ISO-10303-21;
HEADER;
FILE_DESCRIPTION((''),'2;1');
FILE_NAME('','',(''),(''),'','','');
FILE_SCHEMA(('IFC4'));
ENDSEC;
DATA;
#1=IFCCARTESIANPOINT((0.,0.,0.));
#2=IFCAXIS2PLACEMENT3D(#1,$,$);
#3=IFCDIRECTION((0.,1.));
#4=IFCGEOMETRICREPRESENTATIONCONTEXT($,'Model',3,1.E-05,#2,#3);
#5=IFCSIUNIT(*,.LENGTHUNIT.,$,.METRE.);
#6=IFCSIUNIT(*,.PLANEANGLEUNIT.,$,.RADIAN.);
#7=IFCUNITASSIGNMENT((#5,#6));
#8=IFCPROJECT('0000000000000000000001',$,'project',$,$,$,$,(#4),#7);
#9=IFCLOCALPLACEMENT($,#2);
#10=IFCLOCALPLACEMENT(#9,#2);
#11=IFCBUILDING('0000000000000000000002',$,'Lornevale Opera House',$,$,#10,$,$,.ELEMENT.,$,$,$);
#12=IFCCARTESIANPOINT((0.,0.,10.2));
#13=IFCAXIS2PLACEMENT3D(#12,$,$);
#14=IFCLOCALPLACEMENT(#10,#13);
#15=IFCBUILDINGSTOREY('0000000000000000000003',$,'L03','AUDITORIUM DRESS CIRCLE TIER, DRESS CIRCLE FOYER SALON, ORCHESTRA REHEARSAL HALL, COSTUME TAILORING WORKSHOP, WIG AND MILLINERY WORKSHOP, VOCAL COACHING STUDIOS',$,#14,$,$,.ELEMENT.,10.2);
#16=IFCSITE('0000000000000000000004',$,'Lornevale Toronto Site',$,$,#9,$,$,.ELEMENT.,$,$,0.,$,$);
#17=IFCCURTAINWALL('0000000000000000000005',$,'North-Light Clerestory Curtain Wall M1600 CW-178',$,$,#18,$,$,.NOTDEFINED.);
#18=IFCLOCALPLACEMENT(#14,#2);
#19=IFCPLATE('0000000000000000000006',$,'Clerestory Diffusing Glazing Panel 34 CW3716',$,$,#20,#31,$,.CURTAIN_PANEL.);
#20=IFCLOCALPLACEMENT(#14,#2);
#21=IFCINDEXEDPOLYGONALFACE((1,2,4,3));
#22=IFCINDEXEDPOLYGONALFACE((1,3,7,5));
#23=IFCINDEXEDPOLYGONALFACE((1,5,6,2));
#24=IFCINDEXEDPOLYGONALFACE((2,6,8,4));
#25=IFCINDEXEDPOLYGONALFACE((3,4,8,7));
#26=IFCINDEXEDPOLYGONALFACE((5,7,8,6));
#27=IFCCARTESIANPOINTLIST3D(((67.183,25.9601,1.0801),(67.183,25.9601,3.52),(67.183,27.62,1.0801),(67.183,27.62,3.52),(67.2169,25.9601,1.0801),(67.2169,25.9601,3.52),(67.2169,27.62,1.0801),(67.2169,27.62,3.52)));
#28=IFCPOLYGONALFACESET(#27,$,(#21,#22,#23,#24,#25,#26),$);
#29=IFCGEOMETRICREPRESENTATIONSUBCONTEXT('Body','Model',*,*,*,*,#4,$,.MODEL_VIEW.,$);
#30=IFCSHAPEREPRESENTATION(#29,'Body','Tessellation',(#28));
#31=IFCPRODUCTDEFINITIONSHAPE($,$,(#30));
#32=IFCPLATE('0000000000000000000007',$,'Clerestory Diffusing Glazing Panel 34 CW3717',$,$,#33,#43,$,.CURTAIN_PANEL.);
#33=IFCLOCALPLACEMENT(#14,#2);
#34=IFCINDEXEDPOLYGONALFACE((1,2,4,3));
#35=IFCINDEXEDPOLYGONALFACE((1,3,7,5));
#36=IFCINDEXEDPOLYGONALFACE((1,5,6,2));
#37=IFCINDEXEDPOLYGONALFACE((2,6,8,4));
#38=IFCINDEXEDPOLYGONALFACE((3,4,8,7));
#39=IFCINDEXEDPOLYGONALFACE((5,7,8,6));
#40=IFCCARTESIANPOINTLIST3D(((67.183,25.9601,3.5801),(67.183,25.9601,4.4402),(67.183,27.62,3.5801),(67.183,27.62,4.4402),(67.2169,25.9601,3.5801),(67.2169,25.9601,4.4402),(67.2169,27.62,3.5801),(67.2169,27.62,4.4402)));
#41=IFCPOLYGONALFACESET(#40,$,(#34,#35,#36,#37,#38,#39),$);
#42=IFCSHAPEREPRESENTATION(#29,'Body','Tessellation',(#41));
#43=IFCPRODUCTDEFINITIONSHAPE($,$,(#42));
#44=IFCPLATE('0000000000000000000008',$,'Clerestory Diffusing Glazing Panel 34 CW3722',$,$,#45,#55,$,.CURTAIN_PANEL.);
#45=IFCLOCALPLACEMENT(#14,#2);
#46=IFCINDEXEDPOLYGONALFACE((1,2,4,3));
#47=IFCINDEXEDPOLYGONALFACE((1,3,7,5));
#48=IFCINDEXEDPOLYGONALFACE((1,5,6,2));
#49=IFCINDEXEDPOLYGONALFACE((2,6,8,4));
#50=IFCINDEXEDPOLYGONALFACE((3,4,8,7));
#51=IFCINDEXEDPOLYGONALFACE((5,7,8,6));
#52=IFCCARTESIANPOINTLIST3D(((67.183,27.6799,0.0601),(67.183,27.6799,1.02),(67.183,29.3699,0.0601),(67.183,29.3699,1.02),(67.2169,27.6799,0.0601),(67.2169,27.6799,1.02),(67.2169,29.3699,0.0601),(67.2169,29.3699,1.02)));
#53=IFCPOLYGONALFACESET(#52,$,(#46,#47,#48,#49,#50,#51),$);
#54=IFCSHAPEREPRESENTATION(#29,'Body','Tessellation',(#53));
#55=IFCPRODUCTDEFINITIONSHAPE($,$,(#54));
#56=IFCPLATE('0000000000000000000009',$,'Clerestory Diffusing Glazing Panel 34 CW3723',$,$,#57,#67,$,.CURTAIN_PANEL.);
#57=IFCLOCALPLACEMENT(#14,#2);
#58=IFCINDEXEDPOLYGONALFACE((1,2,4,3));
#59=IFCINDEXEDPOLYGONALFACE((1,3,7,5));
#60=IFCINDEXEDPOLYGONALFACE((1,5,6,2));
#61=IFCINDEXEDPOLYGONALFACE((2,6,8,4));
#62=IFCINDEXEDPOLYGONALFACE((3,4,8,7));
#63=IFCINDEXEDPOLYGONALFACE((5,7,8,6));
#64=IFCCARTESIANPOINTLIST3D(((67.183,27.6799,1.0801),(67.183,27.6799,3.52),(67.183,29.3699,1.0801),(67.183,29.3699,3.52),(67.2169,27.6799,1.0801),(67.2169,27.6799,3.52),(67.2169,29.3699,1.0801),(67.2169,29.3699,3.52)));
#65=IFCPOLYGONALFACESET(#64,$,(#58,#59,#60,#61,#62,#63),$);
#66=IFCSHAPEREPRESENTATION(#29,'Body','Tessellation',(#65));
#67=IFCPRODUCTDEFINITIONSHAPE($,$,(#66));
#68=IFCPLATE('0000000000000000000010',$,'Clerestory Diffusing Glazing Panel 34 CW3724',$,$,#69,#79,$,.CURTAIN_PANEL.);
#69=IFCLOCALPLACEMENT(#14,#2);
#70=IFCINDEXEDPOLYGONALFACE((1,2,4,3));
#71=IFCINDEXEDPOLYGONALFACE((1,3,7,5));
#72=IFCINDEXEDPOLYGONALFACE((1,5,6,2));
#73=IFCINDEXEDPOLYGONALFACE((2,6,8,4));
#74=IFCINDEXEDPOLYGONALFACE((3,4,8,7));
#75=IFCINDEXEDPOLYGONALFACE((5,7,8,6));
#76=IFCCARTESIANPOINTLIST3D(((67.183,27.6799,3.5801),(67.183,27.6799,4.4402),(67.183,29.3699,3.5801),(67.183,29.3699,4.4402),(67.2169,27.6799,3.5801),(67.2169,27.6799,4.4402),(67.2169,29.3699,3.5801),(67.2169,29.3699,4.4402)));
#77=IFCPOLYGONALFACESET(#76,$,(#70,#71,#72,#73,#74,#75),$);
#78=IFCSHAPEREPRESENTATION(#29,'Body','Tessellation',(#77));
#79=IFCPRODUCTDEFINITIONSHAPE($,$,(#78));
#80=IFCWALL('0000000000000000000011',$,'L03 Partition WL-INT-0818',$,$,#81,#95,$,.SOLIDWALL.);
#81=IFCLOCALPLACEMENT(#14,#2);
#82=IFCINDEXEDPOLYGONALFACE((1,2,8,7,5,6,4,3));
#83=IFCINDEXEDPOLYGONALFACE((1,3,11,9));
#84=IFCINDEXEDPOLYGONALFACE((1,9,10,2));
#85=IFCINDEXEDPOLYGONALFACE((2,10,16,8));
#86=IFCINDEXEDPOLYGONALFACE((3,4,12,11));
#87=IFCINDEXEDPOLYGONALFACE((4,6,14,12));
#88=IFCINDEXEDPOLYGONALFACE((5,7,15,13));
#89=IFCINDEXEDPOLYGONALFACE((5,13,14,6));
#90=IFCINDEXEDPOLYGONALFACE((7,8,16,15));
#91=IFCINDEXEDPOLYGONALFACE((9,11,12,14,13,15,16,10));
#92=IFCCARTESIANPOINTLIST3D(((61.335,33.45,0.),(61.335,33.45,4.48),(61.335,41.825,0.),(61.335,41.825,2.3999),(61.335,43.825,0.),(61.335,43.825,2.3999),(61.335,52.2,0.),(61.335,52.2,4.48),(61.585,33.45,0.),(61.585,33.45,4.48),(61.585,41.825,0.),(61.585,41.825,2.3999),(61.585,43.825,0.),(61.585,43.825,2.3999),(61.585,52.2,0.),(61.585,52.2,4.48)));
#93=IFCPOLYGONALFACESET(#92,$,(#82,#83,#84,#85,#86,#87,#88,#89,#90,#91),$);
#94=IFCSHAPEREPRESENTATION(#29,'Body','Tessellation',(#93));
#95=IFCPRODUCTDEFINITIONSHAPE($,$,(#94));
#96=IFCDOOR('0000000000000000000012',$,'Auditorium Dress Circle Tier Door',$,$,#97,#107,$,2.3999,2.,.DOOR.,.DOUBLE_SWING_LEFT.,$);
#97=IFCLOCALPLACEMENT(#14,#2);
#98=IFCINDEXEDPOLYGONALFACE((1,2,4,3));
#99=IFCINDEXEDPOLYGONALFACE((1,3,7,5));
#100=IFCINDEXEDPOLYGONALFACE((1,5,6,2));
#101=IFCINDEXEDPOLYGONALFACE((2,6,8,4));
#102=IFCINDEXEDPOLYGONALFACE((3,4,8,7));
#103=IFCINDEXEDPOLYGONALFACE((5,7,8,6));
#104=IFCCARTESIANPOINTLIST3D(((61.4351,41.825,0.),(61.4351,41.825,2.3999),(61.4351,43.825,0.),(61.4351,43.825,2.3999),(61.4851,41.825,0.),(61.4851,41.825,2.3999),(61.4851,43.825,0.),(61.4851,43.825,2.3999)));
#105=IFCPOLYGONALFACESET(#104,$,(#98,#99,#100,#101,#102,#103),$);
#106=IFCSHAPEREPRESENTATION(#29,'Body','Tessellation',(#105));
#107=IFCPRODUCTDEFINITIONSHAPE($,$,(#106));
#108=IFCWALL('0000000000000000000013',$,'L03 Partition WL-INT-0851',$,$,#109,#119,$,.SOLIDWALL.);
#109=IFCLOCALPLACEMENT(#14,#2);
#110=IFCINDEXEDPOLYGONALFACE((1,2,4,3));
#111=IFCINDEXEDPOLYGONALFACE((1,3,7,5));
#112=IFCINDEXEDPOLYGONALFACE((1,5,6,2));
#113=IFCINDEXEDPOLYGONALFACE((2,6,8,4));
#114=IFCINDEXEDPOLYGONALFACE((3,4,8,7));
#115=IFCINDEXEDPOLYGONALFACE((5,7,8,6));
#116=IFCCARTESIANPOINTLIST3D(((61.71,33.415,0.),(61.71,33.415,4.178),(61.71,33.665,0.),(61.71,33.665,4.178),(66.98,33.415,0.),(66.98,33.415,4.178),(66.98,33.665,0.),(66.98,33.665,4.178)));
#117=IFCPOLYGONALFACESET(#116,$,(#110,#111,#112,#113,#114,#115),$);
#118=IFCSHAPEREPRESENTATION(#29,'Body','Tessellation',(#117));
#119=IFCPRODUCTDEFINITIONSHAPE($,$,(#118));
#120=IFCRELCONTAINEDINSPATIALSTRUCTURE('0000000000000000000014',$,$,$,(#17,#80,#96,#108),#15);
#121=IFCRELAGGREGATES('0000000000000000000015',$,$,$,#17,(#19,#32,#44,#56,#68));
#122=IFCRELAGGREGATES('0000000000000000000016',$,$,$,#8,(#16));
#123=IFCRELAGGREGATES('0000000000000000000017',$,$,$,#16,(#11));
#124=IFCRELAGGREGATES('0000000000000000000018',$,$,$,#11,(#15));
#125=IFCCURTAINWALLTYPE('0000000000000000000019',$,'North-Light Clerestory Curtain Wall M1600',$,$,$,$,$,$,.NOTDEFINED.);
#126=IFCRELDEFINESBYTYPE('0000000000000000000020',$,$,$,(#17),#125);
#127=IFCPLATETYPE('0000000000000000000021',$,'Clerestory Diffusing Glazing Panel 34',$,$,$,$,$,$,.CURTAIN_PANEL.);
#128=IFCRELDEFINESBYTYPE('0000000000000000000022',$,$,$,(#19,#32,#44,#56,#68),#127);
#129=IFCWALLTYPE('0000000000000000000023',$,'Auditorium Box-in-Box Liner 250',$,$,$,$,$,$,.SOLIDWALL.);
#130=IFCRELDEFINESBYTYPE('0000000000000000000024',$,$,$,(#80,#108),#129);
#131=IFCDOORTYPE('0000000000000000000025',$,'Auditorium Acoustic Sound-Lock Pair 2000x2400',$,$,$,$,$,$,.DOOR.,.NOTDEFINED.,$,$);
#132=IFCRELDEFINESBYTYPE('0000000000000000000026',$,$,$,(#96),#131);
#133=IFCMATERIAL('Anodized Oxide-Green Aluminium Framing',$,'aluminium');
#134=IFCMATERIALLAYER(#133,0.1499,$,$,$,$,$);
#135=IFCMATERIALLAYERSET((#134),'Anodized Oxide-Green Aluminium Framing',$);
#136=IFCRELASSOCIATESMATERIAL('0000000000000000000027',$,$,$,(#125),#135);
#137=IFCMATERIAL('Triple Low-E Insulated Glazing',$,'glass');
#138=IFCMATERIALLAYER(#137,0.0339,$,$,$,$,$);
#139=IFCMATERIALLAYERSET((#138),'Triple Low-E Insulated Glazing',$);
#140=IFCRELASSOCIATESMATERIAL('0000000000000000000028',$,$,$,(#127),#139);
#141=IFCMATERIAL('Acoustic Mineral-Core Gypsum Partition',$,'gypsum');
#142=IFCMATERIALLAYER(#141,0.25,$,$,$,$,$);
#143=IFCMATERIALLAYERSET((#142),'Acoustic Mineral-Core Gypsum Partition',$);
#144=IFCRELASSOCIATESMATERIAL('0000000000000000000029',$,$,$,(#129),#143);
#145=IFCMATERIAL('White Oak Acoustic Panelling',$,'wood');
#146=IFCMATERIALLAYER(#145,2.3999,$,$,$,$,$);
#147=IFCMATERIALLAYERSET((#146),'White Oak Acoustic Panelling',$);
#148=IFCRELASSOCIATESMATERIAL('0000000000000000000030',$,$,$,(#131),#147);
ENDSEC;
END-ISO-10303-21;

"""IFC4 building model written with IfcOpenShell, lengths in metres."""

from ifc_helpers import new_model, si_unit, direction, frame, frame_2d, origin, origin_2d, place, context, subcontext, project, spatial, rectangle, extrude, material, layer, layer_set, type_object, element, fill, aggregate, save


model = new_model("IFC4")

# Units and contexts
model_context = context("Model", 3, precision=1e-05, world=origin(), true_north=direction((0.0, 1.0)))
body_context = subcontext(model_context, "Body", "Model", "MODEL_VIEW")
ifc_project = project(units=[si_unit("LENGTHUNIT", "METRE"), si_unit("PLANEANGLEUNIT", "RADIAN")], contexts=[model_context])

# Site, building, storey
site_placement = place(None, origin())
site = spatial("IfcSite", under=ifc_project, at=site_placement, Name="Lornevale Toronto Site", CompositionType="ELEMENT", RefElevation=0.0)
building_placement = place(site_placement, origin())
building = spatial("IfcBuilding", under=site, at=building_placement, Name="Lornevale Opera House", CompositionType="ELEMENT")
storey_placement = place(building_placement, frame((0.0, 0.0, 10.2)))
storey = spatial("IfcBuildingStorey", under=building, at=storey_placement, Name="L03", Description="AUDITORIUM DRESS CIRCLE TIER, DRESS CIRCLE FOYER SALON, ORCHESTRA REHEARSAL HALL, COSTUME TAILORING WORKSHOP, WIG AND MILLINERY WORKSHOP, VOCAL COACHING STUDIOS", CompositionType="ELEMENT", Elevation=10.2)

# Curtain wall, plates
ifc_material_1 = material(Name="Anodized Oxide-Green Aluminium Framing", Category="aluminium")
ifc_layer_1 = layer(ifc_material_1, 0.1499)
ifc_layer_set_1 = layer_set([ifc_layer_1], Name="Anodized Oxide-Green Aluminium Framing")
curtain_wall_type = type_object("IfcCurtainWallType", Name="North-Light Clerestory Curtain Wall M1600", PredefinedType="NOTDEFINED", material=ifc_layer_set_1)
curtain_wall_placement = place(storey_placement, origin())
curtain_wall = element("IfcCurtainWall", 1, at=curtain_wall_placement, inside=storey, type_object=curtain_wall_type, Name="North-Light Clerestory Curtain Wall M1600 CW-178", PredefinedType="NOTDEFINED")
ifc_material_2 = material(Name="Triple Low-E Insulated Glazing", Category="glass")
ifc_layer_2 = layer(ifc_material_2, 0.0339)
ifc_layer_set_2 = layer_set([ifc_layer_2], Name="Triple Low-E Insulated Glazing")
plate_type = type_object("IfcPlateType", Name="Clerestory Diffusing Glazing Panel 34", PredefinedType="CURTAIN_PANEL", material=ifc_layer_set_2)
plate_1_placement = place(storey_placement, frame((67.2, 26.79, 1.0801), z_axis=(0.0, 0.0, 1.0), x_axis=(0.0, 1.0, 0.0)))
plate_1 = element("IfcPlate", 2, at=plate_1_placement, type_object=plate_type, Name="Clerestory Diffusing Glazing Panel 34 CW3716", PredefinedType="CURTAIN_PANEL", context=body_context, shape_type="SweptSolid", body=[
    extrude(rectangle(XDim=1.6599, YDim=0.0339, at=origin_2d()), origin(), (0.0, 0.0, 1.0), 2.4399),
])
plate_2_placement = place(storey_placement, frame((67.2, 26.79, 3.5801), z_axis=(0.0, 0.0, 1.0), x_axis=(0.0, 1.0, 0.0)))
plate_2 = element("IfcPlate", 3, at=plate_2_placement, type_object=plate_type, Name="Clerestory Diffusing Glazing Panel 34 CW3717", PredefinedType="CURTAIN_PANEL", context=body_context, shape_type="SweptSolid", body=[
    extrude(rectangle(XDim=1.6599, YDim=0.0339, at=origin_2d()), origin(), (0.0, 0.0, 1.0), 0.8601),
])
plate_3_placement = place(storey_placement, frame((67.2, 28.5249, 0.0601), z_axis=(0.0, 0.0, 1.0), x_axis=(0.0, 1.0, 0.0)))
plate_3 = element("IfcPlate", 4, at=plate_3_placement, type_object=plate_type, Name="Clerestory Diffusing Glazing Panel 34 CW3722", PredefinedType="CURTAIN_PANEL", context=body_context, shape_type="SweptSolid", body=[
    extrude(rectangle(XDim=1.6899, YDim=0.0339, at=origin_2d()), origin(), (0.0, 0.0, 1.0), 0.96),
])
plate_4_placement = place(storey_placement, frame((67.2, 28.5249, 1.0801), z_axis=(0.0, 0.0, 1.0), x_axis=(0.0, 1.0, 0.0)))
plate_4 = element("IfcPlate", 5, at=plate_4_placement, type_object=plate_type, Name="Clerestory Diffusing Glazing Panel 34 CW3723", PredefinedType="CURTAIN_PANEL", context=body_context, shape_type="SweptSolid", body=[
    extrude(rectangle(XDim=1.6899, YDim=0.0339, at=origin_2d()), origin(), (0.0, 0.0, 1.0), 2.4399),
])
plate_5_placement = place(storey_placement, frame((67.2, 28.5249, 3.5801), z_axis=(0.0, 0.0, 1.0), x_axis=(0.0, 1.0, 0.0)))
plate_5 = element("IfcPlate", 6, at=plate_5_placement, type_object=plate_type, Name="Clerestory Diffusing Glazing Panel 34 CW3724", PredefinedType="CURTAIN_PANEL", context=body_context, shape_type="SweptSolid", body=[
    extrude(rectangle(XDim=1.6899, YDim=0.0339, at=origin_2d()), origin(), (0.0, 0.0, 1.0), 0.8601),
])
aggregate(curtain_wall, [plate_1, plate_2, plate_3, plate_4, plate_5])

# Wall, opening, door
ifc_material_3 = material(Name="Acoustic Mineral-Core Gypsum Partition", Category="gypsum")
ifc_layer_3 = layer(ifc_material_3, 0.25)
ifc_layer_set_3 = layer_set([ifc_layer_3], Name="Acoustic Mineral-Core Gypsum Partition")
wall_type = type_object("IfcWallType", Name="Auditorium Box-in-Box Liner 250", PredefinedType="SOLIDWALL", material=ifc_layer_set_3)
wall_1_placement = place(storey_placement, frame((61.46, 33.45, 0.0), z_axis=(0.0, 0.0, 1.0), x_axis=(0.0, 1.0, 0.0)))
wall_1 = element("IfcWall", 7, at=wall_1_placement, inside=storey, type_object=wall_type, Name="L03 Partition WL-INT-0818", PredefinedType="SOLIDWALL", context=body_context, shape_type="SweptSolid", body=[
    extrude(rectangle(XDim=18.75, YDim=0.25, at=frame_2d((9.375, 0.0))), origin(), (0.0, 0.0, 1.0), 4.48),
])
opening_placement = place(wall_1_placement, frame((8.375, 0.0, 0.0)))
opening = element("IfcOpeningElement", 8, at=opening_placement, cuts=wall_1, PredefinedType="OPENING", context=body_context, shape_type="SweptSolid", body=[
    extrude(rectangle(XDim=2.0, YDim=2.3999, at=frame_2d((1.0, 1.2))), frame((0.0, 0.135, 0.0), z_axis=(0.0, -1.0, 0.0), x_axis=(1.0, 0.0, 0.0)), (0.0, 0.0, 1.0), 0.27),
])
ifc_material_4 = material(Name="White Oak Acoustic Panelling", Category="wood")
ifc_layer_4 = layer(ifc_material_4, 2.3999)
ifc_layer_set_4 = layer_set([ifc_layer_4], Name="White Oak Acoustic Panelling")
door_type = type_object("IfcDoorType", Name="Auditorium Acoustic Sound-Lock Pair 2000x2400", OperationType="NOTDEFINED", PredefinedType="DOOR", material=ifc_layer_set_4)
door_placement = place(opening_placement, origin())
door = element("IfcDoor", 9, at=door_placement, inside=storey, type_object=door_type, Name="Auditorium Dress Circle Tier Door", OperationType="DOUBLE_SWING_LEFT", OverallHeight=2.3999, OverallWidth=2.0, PredefinedType="DOOR", context=body_context, shape_type="SweptSolid", body=[
    extrude(rectangle(XDim=2.0, YDim=2.3999, at=frame_2d((1.0, 1.2))), frame((0.0, 0.0249, 0.0), z_axis=(0.0, -1.0, 0.0), x_axis=(1.0, 0.0, 0.0)), (0.0, 0.0, 1.0), 0.05),
])
fill(opening, door)

# Wall
wall_2_placement = place(storey_placement, frame((61.71, 33.54, 0.0), z_axis=(0.0, 0.0, 1.0), x_axis=(1.0, 0.0, 0.0)))
element("IfcWall", 10, at=wall_2_placement, inside=storey, type_object=wall_type, Name="L03 Partition WL-INT-0851", PredefinedType="SOLIDWALL", context=body_context, shape_type="SweptSolid", body=[
    extrude(rectangle(XDim=5.27, YDim=0.25, at=frame_2d((2.635, 0.0))), origin(), (0.0, 0.0, 1.0), 4.178),
])

save(model, "model.ifc")
